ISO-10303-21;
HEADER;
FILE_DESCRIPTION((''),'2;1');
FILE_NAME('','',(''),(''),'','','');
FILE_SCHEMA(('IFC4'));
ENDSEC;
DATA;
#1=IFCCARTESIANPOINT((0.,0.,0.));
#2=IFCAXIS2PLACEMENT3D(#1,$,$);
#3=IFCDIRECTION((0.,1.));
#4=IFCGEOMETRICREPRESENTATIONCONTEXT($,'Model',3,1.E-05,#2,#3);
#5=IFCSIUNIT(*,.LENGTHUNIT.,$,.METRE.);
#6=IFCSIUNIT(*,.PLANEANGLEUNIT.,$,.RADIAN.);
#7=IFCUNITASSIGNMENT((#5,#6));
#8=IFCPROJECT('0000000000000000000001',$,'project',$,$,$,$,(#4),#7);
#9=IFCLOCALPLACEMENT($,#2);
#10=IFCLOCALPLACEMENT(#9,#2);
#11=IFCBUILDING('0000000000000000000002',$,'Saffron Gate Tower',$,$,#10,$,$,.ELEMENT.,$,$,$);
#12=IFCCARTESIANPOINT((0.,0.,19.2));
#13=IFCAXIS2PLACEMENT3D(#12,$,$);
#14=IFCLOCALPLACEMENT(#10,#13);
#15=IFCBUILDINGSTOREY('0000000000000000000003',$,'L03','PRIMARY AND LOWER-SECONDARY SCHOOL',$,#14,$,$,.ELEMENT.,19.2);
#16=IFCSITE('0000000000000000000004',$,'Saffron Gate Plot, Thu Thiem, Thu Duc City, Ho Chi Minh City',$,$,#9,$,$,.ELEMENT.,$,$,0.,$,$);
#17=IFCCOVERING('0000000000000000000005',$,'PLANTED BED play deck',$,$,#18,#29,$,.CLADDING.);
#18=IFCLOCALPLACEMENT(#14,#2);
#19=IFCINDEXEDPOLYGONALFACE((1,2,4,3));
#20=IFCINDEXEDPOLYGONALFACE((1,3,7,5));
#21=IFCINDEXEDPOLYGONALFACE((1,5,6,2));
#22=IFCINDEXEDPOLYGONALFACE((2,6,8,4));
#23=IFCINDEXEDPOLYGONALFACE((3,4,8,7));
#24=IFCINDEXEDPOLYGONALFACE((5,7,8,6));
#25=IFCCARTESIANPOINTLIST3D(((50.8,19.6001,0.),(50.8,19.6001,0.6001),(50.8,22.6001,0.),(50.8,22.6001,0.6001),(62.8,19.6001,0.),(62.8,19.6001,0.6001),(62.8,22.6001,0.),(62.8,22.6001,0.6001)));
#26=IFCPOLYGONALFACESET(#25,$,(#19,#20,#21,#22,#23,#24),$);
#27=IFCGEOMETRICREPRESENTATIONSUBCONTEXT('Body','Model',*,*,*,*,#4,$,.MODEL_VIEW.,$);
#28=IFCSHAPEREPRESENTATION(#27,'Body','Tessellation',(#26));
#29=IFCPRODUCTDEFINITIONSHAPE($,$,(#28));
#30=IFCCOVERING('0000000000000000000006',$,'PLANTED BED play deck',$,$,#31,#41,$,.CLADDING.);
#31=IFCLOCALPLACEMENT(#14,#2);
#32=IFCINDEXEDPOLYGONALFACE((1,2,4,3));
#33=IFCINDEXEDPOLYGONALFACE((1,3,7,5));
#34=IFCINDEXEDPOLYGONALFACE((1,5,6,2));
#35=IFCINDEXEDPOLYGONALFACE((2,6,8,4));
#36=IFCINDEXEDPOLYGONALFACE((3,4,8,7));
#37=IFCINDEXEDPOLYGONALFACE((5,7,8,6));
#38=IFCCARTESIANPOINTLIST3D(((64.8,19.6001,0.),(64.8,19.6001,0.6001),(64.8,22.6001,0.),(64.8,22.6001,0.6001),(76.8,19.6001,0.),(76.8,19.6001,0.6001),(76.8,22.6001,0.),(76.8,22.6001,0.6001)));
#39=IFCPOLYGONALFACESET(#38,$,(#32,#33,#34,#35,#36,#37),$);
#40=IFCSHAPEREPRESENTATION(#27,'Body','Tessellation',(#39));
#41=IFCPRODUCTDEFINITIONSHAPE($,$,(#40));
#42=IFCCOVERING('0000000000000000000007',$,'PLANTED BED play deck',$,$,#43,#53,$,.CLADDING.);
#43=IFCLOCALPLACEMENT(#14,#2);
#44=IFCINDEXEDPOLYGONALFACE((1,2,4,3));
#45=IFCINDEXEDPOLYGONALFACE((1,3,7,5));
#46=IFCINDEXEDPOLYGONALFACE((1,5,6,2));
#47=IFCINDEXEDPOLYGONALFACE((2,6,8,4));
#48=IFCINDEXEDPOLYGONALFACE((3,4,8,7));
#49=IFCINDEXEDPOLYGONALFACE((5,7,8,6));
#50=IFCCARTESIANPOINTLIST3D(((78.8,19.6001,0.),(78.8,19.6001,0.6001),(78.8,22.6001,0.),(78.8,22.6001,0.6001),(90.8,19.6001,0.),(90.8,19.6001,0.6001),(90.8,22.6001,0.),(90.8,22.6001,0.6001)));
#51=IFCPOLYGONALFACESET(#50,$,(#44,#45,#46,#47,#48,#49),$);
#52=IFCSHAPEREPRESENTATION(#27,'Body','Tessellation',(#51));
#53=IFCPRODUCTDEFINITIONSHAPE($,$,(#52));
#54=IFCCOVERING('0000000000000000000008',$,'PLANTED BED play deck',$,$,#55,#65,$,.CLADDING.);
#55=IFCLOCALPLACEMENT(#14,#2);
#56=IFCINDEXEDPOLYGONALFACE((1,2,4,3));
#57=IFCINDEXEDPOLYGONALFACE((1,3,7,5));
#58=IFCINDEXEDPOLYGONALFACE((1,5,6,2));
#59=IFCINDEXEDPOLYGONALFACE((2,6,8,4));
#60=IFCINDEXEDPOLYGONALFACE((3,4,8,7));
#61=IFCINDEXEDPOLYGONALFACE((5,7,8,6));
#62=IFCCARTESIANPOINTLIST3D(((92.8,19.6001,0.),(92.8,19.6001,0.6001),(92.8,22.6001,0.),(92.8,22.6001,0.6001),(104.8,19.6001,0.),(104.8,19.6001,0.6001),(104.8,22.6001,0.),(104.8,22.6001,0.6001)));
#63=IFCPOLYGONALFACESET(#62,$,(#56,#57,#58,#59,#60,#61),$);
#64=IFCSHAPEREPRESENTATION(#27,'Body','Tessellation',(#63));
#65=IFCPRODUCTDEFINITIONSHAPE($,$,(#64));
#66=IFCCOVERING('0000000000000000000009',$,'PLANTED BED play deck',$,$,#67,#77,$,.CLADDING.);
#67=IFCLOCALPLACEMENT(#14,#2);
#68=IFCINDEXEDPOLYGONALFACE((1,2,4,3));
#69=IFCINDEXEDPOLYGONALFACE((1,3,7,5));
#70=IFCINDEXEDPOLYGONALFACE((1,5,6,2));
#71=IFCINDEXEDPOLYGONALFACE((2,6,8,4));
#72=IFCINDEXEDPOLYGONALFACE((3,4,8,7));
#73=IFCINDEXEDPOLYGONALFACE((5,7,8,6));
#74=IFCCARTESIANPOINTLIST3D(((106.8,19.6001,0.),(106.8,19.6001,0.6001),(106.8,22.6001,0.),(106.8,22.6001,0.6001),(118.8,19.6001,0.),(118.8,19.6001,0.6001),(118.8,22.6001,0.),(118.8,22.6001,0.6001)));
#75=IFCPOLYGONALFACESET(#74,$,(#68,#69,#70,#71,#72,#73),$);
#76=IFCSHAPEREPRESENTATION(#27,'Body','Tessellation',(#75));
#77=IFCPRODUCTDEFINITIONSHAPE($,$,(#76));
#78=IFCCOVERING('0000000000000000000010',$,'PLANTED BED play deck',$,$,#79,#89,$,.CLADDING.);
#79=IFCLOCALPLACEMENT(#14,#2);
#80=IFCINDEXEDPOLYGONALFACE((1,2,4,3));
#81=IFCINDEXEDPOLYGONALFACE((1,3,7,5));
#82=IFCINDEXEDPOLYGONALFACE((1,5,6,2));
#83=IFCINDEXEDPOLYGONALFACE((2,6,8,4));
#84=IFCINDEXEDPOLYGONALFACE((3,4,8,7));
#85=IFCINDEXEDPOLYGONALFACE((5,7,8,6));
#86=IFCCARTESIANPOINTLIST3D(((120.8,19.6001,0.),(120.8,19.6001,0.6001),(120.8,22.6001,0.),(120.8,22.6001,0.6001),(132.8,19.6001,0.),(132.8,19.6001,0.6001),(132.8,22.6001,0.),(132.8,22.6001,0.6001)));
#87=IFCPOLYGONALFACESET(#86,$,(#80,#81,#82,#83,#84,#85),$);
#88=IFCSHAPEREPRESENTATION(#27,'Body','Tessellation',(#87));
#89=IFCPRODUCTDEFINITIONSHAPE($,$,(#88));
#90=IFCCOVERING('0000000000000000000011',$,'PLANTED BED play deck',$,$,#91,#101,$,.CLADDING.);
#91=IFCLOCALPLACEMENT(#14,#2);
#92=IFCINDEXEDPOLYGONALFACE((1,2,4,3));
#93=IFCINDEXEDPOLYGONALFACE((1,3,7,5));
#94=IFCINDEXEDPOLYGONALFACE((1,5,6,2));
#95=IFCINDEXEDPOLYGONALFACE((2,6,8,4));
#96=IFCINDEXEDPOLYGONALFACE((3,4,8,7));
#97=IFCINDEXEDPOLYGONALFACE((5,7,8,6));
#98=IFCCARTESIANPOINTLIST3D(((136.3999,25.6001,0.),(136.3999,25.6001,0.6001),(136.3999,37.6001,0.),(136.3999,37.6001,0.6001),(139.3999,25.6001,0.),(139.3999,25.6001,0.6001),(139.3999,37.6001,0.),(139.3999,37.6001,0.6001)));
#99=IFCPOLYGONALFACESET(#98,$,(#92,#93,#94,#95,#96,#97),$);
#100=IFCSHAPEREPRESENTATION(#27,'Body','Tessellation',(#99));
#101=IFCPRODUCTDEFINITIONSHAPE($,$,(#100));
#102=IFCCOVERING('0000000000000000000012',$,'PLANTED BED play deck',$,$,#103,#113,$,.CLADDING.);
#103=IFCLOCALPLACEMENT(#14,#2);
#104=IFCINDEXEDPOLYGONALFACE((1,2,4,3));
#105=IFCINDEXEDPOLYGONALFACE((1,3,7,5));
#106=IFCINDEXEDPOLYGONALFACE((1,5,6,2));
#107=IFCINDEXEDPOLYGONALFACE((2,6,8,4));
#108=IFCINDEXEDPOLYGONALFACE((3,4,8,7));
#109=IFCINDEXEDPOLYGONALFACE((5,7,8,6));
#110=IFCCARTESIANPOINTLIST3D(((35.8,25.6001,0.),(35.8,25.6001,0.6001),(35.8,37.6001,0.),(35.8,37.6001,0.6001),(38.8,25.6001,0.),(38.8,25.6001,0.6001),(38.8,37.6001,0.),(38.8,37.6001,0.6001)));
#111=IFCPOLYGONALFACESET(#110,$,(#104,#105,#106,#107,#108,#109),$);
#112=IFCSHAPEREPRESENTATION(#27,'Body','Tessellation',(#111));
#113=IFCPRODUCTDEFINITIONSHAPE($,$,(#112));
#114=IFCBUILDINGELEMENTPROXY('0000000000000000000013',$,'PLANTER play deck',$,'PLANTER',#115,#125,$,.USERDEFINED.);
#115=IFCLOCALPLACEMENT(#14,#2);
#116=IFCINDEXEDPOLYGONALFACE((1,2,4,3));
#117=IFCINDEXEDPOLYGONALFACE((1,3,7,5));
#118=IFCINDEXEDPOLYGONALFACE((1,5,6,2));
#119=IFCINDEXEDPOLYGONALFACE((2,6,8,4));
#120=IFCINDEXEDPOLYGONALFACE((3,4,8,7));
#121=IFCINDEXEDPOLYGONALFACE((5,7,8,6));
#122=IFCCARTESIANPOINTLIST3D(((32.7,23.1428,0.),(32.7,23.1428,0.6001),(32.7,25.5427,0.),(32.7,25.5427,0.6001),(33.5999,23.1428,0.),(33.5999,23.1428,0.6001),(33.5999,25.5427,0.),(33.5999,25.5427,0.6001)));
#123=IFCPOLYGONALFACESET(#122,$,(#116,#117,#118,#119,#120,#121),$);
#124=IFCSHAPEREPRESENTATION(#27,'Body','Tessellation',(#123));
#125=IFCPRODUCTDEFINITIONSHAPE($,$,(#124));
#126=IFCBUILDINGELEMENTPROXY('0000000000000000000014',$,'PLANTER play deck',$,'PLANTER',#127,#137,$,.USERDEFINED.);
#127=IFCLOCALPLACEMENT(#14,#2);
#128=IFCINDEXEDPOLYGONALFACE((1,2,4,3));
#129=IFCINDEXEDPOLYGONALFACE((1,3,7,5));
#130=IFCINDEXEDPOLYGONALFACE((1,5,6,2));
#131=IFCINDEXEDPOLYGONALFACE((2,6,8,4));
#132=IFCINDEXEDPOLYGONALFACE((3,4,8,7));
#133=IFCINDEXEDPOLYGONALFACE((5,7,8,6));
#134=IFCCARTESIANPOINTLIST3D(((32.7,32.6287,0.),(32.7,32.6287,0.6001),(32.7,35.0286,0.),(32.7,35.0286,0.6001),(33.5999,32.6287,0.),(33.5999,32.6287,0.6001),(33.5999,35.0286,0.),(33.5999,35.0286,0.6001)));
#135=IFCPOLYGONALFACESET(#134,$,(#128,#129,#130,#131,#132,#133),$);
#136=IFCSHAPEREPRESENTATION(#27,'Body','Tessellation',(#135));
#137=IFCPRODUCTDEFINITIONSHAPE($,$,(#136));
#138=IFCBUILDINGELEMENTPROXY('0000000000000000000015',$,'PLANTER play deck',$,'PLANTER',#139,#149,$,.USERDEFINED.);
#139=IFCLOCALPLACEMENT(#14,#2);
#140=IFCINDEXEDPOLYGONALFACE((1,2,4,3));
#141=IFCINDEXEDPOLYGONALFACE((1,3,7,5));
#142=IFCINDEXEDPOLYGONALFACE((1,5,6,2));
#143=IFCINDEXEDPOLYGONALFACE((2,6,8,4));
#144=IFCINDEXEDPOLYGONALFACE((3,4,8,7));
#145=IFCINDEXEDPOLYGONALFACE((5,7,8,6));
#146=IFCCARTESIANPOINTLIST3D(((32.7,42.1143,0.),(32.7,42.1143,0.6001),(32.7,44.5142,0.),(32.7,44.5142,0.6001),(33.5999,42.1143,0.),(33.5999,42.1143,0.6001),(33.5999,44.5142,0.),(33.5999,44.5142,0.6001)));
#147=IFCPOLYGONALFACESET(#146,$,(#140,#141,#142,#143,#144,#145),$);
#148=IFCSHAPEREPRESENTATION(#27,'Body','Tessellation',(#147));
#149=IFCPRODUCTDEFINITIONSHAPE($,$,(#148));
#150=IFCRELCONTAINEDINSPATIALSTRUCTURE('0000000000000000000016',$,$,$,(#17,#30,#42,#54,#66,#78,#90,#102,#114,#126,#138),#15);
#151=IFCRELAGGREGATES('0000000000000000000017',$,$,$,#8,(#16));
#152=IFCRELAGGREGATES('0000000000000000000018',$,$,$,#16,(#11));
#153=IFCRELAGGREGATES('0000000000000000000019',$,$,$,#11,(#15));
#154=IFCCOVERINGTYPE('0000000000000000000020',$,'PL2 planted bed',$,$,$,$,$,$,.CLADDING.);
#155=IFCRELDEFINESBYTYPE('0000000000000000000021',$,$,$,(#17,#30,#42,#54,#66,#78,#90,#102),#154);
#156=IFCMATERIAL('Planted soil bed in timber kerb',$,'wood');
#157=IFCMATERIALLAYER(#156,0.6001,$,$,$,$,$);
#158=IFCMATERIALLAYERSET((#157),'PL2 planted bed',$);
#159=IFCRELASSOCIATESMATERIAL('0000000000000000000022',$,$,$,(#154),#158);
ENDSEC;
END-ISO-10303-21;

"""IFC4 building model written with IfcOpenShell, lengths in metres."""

from ifc_helpers import new_model, si_unit, direction, frame, origin, origin_2d, place, context, subcontext, project, spatial, polyline, rectangle, outline, extrude, material, layer, layer_set, type_object, element, save


model = new_model("IFC4")

# Units and contexts
model_context = context("Model", 3, precision=1e-05, world=origin(), true_north=direction((0.0, 1.0)))
body_context = subcontext(model_context, "Body", "Model", "MODEL_VIEW")
ifc_project = project(units=[si_unit("LENGTHUNIT", "METRE"), si_unit("PLANEANGLEUNIT", "RADIAN")], contexts=[model_context])

# Site, building, storey
site_placement = place(None, origin())
site = spatial("IfcSite", under=ifc_project, at=site_placement, Name="Saffron Gate Plot, Thu Thiem, Thu Duc City, Ho Chi Minh City", CompositionType="ELEMENT", RefElevation=0.0)
building_placement = place(site_placement, origin())
building = spatial("IfcBuilding", under=site, at=building_placement, Name="Saffron Gate Tower", CompositionType="ELEMENT")
storey_placement = place(building_placement, frame((0.0, 0.0, 19.2)))
storey = spatial("IfcBuildingStorey", under=building, at=storey_placement, Name="L03", Description="PRIMARY AND LOWER-SECONDARY SCHOOL", CompositionType="ELEMENT", Elevation=19.2)

# Coverings
ifc_material_1 = material(Name="Planted soil bed in timber kerb", Category="wood")
ifc_layer_1 = layer(ifc_material_1, 0.6001)
ifc_layer_set_1 = layer_set([ifc_layer_1], Name="PL2 planted bed")
covering_type_1 = type_object("IfcCoveringType", Name="PL2 planted bed", PredefinedType="CLADDING", material=ifc_layer_set_1)
covering_1_placement = place(storey_placement, origin())
element("IfcCovering", 1, at=covering_1_placement, inside=storey, type_object=covering_type_1, Name="PLANTED BED play deck", PredefinedType="CLADDING", context=body_context, shape_type="SweptSolid", body=[
    extrude(outline(polyline([(50.8, 19.6001), (62.8, 19.6001), (62.8, 22.6001), (50.8, 22.6001), (50.8, 19.6001)])), origin(), (0.0, 0.0, 1.0), 0.6001),
])
covering_2_placement = place(storey_placement, origin())
element("IfcCovering", 2, at=covering_2_placement, inside=storey, type_object=covering_type_1, Name="PLANTED BED play deck", PredefinedType="CLADDING", context=body_context, shape_type="SweptSolid", body=[
    extrude(outline(polyline([(64.8, 19.6001), (76.8, 19.6001), (76.8, 22.6001), (64.8, 22.6001), (64.8, 19.6001)])), origin(), (0.0, 0.0, 1.0), 0.6001),
])
covering_3_placement = place(storey_placement, origin())
element("IfcCovering", 3, at=covering_3_placement, inside=storey, type_object=covering_type_1, Name="PLANTED BED play deck", PredefinedType="CLADDING", context=body_context, shape_type="SweptSolid", body=[
    extrude(outline(polyline([(78.8, 19.6001), (90.8, 19.6001), (90.8, 22.6001), (78.8, 22.6001), (78.8, 19.6001)])), origin(), (0.0, 0.0, 1.0), 0.6001),
])
covering_4_placement = place(storey_placement, origin())
element("IfcCovering", 4, at=covering_4_placement, inside=storey, type_object=covering_type_1, Name="PLANTED BED play deck", PredefinedType="CLADDING", context=body_context, shape_type="SweptSolid", body=[
    extrude(outline(polyline([(92.8, 19.6001), (104.8, 19.6001), (104.8, 22.6001), (92.8, 22.6001), (92.8, 19.6001)])), origin(), (0.0, 0.0, 1.0), 0.6001),
])
covering_5_placement = place(storey_placement, origin())
element("IfcCovering", 5, at=covering_5_placement, inside=storey, type_object=covering_type_1, Name="PLANTED BED play deck", PredefinedType="CLADDING", context=body_context, shape_type="SweptSolid", body=[
    extrude(outline(polyline([(106.8, 19.6001), (118.8, 19.6001), (118.8, 22.6001), (106.8, 22.6001), (106.8, 19.6001)])), origin(), (0.0, 0.0, 1.0), 0.6001),
])
covering_6_placement = place(storey_placement, origin())
element("IfcCovering", 6, at=covering_6_placement, inside=storey, type_object=covering_type_1, Name="PLANTED BED play deck", PredefinedType="CLADDING", context=body_context, shape_type="SweptSolid", body=[
    extrude(outline(polyline([(120.8, 19.6001), (132.8, 19.6001), (132.8, 22.6001), (120.8, 22.6001), (120.8, 19.6001)])), origin(), (0.0, 0.0, 1.0), 0.6001),
])
covering_7_placement = place(storey_placement, origin())
element("IfcCovering", 7, at=covering_7_placement, inside=storey, type_object=covering_type_1, Name="PLANTED BED play deck", PredefinedType="CLADDING", context=body_context, shape_type="SweptSolid", body=[
    extrude(outline(polyline([(136.3999, 25.6001), (139.3999, 25.6001), (139.3999, 37.6001), (136.3999, 37.6001), (136.3999, 25.6001)])), origin(), (0.0, 0.0, 1.0), 0.6001),
])
covering_8_placement = place(storey_placement, origin())
element("IfcCovering", 8, at=covering_8_placement, inside=storey, type_object=covering_type_1, Name="PLANTED BED play deck", PredefinedType="CLADDING", context=body_context, shape_type="SweptSolid", body=[
    extrude(outline(polyline([(35.8, 25.6001), (38.8, 25.6001), (38.8, 37.6001), (35.8, 37.6001), (35.8, 25.6001)])), origin(), (0.0, 0.0, 1.0), 0.6001),
])

# Building element proxies
for number, where, z_axis, x_axis, name in (
    (9, (33.1499, 24.3428, 0.0), (0.0, 0.0, 1.0), (0.0, 1.0, 0.0), "PLANTER play deck"),
    (10, (33.1499, 33.8286, 0.0), (0.0, 0.0, 1.0), (0.0, 1.0, 0.0), "PLANTER play deck"),
    (11, (33.1499, 43.3142, 0.0), (0.0, 0.0, 1.0), (0.0, 1.0, 0.0), "PLANTER play deck"),
):
    element("IfcBuildingElementProxy", number, at=place(storey_placement, frame(where, z_axis=z_axis, x_axis=x_axis)), inside=storey, Name=name, ObjectType="PLANTER", PredefinedType="USERDEFINED", context=body_context, shape_type="SweptSolid", body=[
        extrude(rectangle(XDim=2.3999, YDim=0.8999, at=origin_2d()), origin(), (0.0, 0.0, 1.0), 0.6001),
    ])

save(model, "model.ifc")
